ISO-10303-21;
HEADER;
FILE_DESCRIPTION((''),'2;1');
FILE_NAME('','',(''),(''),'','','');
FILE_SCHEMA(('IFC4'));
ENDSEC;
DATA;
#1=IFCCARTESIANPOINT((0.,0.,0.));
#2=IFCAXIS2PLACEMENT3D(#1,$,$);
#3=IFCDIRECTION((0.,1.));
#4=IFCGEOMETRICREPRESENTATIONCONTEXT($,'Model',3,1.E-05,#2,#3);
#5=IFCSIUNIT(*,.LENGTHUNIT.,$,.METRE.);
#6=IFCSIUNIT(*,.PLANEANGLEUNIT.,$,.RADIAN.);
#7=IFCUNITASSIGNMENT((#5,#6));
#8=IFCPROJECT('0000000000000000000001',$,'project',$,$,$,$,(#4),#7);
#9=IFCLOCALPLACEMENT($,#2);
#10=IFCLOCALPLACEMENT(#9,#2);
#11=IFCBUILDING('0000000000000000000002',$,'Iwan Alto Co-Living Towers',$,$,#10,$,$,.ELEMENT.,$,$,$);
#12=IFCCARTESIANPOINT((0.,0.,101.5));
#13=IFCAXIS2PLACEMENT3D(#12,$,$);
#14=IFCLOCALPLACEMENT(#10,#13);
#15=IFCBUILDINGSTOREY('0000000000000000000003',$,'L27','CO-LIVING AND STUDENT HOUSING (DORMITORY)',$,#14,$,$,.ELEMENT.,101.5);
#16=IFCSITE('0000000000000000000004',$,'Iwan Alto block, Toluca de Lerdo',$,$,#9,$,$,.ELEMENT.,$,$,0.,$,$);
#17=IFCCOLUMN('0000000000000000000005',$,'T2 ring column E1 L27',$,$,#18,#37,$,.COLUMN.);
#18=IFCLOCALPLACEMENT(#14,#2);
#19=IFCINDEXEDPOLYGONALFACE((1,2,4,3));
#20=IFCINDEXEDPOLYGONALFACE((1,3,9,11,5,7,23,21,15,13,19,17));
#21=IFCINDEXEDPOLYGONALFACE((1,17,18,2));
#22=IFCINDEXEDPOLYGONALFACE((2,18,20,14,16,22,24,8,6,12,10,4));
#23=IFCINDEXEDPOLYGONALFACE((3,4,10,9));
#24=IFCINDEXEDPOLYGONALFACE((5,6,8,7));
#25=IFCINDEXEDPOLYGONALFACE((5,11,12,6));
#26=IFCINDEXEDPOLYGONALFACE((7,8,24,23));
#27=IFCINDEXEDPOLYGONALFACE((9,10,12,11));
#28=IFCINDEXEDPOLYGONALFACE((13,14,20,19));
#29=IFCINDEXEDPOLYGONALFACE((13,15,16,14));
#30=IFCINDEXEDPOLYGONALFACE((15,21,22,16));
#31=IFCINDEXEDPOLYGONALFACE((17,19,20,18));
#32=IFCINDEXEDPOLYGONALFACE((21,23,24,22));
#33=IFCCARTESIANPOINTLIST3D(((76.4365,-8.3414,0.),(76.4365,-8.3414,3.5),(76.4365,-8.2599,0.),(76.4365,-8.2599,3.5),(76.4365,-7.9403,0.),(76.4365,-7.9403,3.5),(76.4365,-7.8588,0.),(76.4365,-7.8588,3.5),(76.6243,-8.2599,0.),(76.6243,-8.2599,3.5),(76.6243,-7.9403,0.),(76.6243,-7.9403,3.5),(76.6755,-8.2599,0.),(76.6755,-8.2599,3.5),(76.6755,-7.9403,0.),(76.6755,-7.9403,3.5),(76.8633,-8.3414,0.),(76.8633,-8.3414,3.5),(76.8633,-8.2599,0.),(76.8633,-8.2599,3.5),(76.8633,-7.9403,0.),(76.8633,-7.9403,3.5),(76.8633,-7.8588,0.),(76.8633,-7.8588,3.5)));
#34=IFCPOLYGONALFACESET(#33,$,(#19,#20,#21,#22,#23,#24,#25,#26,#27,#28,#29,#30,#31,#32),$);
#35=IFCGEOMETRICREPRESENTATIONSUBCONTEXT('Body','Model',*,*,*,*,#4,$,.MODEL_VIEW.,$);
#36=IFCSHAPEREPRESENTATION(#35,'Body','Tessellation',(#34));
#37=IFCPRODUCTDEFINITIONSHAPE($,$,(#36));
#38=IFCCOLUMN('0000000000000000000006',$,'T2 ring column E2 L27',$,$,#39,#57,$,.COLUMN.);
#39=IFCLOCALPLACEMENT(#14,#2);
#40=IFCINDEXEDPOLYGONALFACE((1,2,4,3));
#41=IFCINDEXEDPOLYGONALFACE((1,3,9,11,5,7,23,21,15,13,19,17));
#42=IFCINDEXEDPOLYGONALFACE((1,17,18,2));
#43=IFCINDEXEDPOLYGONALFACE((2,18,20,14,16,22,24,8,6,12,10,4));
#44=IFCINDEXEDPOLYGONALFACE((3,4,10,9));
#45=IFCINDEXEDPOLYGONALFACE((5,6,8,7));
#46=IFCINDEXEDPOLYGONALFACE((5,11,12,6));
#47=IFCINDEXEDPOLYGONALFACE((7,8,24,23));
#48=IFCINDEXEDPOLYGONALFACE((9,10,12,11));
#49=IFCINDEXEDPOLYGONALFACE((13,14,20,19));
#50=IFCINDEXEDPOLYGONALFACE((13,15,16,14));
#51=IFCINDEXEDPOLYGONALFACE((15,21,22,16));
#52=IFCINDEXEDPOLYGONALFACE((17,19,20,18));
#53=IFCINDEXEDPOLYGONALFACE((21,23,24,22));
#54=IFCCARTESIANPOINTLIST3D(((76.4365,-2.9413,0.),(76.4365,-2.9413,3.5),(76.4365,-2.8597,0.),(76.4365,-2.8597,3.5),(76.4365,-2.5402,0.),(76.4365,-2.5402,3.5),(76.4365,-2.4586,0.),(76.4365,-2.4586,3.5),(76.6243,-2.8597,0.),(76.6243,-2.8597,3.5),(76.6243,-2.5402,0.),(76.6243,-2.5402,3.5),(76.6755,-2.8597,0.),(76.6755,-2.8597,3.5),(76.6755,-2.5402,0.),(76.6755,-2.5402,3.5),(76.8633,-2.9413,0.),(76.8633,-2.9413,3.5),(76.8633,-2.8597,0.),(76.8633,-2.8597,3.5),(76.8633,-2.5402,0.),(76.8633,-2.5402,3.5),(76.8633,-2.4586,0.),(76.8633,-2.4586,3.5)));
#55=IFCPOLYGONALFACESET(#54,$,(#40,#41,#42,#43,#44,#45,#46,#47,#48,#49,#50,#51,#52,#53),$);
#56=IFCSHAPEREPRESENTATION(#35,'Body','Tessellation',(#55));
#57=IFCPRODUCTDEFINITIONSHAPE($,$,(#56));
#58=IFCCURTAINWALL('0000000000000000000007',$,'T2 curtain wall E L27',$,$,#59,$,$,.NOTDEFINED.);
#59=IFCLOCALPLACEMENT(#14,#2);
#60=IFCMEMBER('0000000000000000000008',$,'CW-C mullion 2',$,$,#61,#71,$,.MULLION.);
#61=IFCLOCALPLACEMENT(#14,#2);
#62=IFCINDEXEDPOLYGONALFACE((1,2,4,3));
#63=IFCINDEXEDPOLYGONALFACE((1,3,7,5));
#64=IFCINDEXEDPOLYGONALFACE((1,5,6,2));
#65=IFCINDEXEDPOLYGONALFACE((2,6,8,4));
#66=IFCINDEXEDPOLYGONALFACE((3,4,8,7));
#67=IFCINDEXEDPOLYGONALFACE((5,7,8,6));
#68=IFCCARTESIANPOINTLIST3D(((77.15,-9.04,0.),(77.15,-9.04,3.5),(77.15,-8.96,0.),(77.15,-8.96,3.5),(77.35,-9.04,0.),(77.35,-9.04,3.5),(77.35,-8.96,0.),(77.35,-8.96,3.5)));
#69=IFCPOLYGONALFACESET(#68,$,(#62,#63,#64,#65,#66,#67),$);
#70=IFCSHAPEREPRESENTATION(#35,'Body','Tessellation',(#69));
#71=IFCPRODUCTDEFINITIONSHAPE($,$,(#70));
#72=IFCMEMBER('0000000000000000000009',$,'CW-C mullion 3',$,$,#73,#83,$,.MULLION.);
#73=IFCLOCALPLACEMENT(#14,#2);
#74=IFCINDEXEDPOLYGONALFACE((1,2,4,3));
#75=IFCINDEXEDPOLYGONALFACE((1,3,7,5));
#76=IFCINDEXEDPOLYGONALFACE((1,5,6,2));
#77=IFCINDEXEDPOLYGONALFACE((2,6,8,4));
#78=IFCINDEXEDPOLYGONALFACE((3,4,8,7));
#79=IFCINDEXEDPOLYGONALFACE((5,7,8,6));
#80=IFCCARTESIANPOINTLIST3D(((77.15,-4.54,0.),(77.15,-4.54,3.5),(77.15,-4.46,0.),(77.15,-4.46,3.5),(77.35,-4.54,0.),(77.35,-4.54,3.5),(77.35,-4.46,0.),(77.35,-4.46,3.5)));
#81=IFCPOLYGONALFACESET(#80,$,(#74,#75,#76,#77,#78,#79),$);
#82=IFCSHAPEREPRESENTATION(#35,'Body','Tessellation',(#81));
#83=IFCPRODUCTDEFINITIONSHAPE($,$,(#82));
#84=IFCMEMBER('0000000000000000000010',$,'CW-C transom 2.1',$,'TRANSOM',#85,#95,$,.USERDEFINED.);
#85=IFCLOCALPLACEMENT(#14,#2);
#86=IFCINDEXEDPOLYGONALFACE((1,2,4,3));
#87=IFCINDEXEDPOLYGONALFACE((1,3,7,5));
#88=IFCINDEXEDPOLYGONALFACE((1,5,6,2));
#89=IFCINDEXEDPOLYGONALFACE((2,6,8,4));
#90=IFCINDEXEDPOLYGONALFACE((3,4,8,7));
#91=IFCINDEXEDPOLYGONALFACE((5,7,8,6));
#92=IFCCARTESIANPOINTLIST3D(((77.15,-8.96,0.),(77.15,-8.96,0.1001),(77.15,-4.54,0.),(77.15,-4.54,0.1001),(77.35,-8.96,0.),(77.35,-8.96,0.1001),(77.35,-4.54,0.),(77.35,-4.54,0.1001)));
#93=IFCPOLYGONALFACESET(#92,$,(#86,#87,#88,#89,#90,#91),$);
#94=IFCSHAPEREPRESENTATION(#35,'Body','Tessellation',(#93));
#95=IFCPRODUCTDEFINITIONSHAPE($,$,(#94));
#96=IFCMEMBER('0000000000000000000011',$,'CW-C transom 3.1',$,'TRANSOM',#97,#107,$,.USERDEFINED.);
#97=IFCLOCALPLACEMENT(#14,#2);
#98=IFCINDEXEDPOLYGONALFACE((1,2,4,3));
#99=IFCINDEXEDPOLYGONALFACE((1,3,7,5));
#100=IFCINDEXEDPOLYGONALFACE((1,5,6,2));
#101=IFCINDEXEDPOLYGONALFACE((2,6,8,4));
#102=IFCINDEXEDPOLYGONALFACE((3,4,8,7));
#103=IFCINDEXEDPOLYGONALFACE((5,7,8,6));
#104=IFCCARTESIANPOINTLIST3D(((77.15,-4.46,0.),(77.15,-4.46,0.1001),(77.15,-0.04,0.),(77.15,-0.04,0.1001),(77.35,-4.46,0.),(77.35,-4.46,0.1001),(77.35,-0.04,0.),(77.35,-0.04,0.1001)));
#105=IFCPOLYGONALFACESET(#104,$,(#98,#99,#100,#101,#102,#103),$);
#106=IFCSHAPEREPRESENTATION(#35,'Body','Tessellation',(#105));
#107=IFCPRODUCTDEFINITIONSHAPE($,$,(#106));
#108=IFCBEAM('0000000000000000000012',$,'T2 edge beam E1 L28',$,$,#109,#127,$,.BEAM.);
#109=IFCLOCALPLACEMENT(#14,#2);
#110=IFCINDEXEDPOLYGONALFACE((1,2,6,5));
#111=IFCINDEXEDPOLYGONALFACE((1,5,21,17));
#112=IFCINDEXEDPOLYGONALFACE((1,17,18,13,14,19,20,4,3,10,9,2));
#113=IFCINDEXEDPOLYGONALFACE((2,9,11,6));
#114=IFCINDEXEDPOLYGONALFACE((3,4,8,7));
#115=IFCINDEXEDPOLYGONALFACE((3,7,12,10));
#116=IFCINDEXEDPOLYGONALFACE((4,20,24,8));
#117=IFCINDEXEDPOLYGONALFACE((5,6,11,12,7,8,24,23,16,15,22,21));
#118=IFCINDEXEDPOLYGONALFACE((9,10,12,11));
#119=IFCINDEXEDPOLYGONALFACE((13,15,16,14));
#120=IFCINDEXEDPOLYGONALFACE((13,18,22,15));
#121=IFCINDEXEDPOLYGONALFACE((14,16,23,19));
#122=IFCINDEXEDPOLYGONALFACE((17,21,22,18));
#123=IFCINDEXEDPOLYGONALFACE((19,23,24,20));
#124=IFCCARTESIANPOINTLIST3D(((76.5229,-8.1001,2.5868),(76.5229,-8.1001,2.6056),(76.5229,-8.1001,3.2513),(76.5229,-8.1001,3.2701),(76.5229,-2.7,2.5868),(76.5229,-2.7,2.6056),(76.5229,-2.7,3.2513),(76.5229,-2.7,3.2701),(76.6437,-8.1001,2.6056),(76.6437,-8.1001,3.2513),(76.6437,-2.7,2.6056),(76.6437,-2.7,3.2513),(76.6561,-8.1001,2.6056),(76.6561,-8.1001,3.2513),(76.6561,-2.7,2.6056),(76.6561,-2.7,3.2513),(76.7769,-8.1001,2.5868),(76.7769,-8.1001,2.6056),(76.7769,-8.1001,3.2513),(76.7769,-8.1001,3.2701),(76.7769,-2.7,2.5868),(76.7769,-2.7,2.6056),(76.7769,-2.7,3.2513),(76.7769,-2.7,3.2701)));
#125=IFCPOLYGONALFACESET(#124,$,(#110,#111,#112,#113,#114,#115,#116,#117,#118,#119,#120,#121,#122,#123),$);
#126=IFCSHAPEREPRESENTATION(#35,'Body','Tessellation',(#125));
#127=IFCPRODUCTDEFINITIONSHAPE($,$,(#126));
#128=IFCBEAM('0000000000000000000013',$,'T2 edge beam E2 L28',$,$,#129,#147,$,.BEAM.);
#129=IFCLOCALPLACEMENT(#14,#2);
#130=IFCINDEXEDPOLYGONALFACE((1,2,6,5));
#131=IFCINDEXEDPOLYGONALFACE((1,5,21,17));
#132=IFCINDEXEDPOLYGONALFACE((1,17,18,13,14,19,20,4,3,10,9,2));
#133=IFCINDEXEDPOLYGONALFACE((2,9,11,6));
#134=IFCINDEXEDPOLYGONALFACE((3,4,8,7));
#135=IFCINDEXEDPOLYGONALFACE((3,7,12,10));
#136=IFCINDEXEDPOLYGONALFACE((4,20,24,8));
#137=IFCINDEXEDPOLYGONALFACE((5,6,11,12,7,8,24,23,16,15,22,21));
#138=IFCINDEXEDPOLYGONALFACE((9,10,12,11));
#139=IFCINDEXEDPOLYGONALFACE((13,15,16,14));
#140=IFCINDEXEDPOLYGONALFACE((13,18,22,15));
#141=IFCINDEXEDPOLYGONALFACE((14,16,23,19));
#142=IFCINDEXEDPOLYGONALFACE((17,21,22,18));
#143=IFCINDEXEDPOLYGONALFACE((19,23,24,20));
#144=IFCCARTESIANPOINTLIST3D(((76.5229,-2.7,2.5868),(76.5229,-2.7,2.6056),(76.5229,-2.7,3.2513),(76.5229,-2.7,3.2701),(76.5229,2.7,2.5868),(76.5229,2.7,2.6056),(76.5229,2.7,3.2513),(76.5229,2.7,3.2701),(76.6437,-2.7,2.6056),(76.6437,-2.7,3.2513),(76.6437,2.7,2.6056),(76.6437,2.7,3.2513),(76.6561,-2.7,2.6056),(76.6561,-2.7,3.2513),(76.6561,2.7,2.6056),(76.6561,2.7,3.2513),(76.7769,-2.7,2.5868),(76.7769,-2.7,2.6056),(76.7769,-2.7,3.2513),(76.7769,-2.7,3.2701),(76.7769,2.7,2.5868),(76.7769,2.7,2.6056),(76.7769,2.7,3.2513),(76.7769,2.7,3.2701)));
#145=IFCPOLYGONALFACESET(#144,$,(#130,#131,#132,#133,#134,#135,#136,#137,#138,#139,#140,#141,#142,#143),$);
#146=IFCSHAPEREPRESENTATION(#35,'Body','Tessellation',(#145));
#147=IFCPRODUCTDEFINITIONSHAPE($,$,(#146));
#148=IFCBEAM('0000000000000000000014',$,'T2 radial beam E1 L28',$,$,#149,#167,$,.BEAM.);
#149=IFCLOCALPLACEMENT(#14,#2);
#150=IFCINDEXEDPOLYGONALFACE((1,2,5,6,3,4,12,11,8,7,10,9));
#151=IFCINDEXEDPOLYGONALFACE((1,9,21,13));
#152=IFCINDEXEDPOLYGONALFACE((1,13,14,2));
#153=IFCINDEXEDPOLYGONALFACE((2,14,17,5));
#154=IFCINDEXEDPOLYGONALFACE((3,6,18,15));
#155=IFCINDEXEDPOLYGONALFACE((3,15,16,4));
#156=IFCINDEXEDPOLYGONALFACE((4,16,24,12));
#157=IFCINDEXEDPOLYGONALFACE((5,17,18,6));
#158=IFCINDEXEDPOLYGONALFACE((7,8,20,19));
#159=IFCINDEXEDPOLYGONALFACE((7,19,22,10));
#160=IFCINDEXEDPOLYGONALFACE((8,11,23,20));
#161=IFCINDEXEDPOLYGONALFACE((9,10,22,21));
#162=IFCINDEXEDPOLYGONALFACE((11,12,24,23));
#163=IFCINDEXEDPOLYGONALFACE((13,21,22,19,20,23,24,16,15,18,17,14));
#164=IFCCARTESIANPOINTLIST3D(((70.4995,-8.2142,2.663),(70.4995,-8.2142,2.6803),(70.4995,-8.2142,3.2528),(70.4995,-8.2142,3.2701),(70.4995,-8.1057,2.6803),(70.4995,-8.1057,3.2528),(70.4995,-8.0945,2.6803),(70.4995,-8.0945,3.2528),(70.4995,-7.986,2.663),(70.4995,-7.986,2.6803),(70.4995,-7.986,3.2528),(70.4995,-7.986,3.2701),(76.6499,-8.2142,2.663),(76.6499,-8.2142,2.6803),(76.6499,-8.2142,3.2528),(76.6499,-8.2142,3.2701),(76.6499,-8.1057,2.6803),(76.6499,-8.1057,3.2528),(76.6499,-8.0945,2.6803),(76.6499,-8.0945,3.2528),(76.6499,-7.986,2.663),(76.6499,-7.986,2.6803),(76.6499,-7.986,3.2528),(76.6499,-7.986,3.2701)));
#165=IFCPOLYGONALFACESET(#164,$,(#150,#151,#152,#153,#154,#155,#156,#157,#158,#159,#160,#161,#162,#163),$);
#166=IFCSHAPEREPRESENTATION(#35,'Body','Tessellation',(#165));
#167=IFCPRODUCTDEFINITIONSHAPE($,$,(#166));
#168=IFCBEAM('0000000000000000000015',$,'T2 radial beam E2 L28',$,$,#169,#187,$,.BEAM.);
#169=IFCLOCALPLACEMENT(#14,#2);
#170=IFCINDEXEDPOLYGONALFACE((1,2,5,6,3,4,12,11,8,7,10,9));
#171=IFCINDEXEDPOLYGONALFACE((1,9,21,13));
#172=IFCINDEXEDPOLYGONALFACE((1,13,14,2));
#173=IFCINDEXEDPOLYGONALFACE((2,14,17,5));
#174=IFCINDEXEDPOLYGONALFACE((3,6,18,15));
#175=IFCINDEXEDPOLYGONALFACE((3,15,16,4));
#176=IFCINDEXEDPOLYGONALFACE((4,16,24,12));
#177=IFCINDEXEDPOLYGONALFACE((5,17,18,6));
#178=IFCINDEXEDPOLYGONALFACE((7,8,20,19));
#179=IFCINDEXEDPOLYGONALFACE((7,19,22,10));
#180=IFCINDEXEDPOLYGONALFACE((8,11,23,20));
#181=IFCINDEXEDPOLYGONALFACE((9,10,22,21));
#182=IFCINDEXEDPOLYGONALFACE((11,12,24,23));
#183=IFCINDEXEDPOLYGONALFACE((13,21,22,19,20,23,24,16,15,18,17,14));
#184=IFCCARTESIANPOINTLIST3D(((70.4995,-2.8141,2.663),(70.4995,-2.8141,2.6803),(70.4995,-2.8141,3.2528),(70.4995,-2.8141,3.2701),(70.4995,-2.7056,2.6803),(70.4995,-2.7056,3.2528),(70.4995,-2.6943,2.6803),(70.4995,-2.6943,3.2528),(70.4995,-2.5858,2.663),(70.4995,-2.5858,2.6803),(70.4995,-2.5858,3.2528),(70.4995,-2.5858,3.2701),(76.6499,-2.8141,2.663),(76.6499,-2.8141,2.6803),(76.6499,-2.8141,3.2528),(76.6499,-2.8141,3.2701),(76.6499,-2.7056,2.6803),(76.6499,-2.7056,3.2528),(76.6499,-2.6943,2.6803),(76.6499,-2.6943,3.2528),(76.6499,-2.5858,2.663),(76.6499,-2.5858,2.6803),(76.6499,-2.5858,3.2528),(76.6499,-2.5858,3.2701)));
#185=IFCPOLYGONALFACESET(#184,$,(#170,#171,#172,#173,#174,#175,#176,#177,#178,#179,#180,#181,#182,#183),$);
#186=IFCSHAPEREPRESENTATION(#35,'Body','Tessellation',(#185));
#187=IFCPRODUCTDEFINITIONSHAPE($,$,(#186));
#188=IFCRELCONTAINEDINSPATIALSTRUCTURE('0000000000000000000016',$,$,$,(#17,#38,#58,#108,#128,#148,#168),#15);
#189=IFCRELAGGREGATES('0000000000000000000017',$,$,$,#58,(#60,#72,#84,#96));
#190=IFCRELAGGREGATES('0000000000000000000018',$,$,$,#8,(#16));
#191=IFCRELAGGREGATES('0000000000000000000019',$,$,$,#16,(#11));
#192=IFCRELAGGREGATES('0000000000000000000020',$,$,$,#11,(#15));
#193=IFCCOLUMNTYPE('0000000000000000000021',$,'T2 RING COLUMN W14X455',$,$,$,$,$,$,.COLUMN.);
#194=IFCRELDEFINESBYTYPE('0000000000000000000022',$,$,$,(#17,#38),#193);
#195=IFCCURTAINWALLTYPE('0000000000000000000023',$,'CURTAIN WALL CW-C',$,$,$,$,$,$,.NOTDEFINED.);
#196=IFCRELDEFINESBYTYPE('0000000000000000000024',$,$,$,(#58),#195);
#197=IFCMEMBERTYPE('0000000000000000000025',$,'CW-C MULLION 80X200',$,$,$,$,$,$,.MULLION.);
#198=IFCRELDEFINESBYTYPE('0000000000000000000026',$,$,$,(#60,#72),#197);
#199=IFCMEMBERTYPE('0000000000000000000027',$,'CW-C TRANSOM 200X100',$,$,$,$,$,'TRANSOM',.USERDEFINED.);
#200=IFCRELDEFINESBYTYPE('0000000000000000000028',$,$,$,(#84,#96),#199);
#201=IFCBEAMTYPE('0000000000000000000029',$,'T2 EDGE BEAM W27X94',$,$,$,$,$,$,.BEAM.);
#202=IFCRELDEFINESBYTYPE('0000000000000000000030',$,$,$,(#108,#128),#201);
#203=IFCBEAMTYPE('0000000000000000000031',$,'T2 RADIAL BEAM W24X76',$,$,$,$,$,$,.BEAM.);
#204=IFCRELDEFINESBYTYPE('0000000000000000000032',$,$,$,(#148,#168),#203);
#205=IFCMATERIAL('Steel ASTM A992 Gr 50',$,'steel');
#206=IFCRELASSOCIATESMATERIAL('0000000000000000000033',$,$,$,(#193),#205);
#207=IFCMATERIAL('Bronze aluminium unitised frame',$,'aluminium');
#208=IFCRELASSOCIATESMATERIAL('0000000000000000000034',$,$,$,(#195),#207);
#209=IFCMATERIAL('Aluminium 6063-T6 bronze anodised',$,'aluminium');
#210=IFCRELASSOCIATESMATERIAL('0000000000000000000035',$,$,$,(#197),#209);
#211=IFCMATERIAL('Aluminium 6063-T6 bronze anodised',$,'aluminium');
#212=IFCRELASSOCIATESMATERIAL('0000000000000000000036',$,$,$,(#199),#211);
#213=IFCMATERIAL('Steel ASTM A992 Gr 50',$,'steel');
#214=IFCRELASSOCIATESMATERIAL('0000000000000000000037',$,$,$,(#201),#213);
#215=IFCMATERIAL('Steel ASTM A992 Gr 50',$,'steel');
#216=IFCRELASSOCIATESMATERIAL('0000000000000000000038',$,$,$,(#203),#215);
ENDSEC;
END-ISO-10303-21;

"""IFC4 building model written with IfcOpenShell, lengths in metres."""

from ifc_helpers import new_model, si_unit, direction, frame, origin, origin_2d, place, context, subcontext, project, spatial, rectangle, i_section, extrude, material, material_profile, profile_set, type_object, element, aggregate, save


model = new_model("IFC4")

# Units and contexts
model_context = context("Model", 3, precision=1e-05, world=origin(), true_north=direction((0.0, 1.0)))
body_context = subcontext(model_context, "Body", "Model", "MODEL_VIEW")
ifc_project = project(units=[si_unit("LENGTHUNIT", "METRE"), si_unit("PLANEANGLEUNIT", "RADIAN")], contexts=[model_context])

# Site, building, storey
site_placement = place(None, origin())
site = spatial("IfcSite", under=ifc_project, at=site_placement, Name="Iwan Alto block, Toluca de Lerdo", CompositionType="ELEMENT", RefElevation=0.0)
building_placement = place(site_placement, origin())
building = spatial("IfcBuilding", under=site, at=building_placement, Name="Iwan Alto Co-Living Towers", CompositionType="ELEMENT")
storey_placement = place(building_placement, frame((0.0, 0.0, 101.5)))
storey = spatial("IfcBuildingStorey", under=building, at=storey_placement, Name="L27", Description="CO-LIVING AND STUDENT HOUSING (DORMITORY)", CompositionType="ELEMENT", Elevation=101.5)

# Columns
ifc_material_1 = material(Name="Steel ASTM A992 Gr 50", Category="steel")
ifc_material_profile_1 = material_profile(ifc_material_1, i_section(OverallWidth=0.4268, OverallDepth=0.4827, WebThickness=0.0513, FlangeThickness=0.0815, at=origin_2d()), Name="W14X455")
ifc_profile_set_1 = profile_set([ifc_material_profile_1], Name="Steel ASTM A992 Gr 50")
column_type = type_object("IfcColumnType", Name="T2 RING COLUMN W14X455", PredefinedType="COLUMN", material=ifc_profile_set_1)
for number, where, z_axis, x_axis, name in (
    (1, (76.6499, -8.1001, 0.0), (0.0, 0.0, 1.0), (1.0, 0.0, 0.0), "T2 ring column E1 L27"),
    (2, (76.6499, -2.7, 0.0), (0.0, 0.0, 1.0), (1.0, 0.0, 0.0), "T2 ring column E2 L27"),
):
    element("IfcColumn", number, at=place(storey_placement, frame(where, z_axis=z_axis, x_axis=x_axis)), inside=storey, type_object=column_type, Name=name, PredefinedType="COLUMN", context=body_context, shape_type="SweptSolid", body=[
        extrude(i_section(OverallWidth=0.4268, OverallDepth=0.4827, WebThickness=0.0513, FlangeThickness=0.0815, at=origin_2d()), origin(), (0.0, 0.0, 1.0), 3.5),
    ])

# Curtain wall, members
ifc_material_2 = material(Name="Bronze aluminium unitised frame", Category="aluminium")
curtain_wall_type = type_object("IfcCurtainWallType", Name="CURTAIN WALL CW-C", PredefinedType="NOTDEFINED", material=ifc_material_2)
curtain_wall_placement = place(storey_placement, origin())
curtain_wall = element("IfcCurtainWall", 3, at=curtain_wall_placement, inside=storey, type_object=curtain_wall_type, Name="T2 curtain wall E L27", PredefinedType="NOTDEFINED")
ifc_material_3 = material(Name="Aluminium 6063-T6 bronze anodised", Category="aluminium")
ifc_material_profile_2 = material_profile(ifc_material_3, rectangle(XDim=0.2, YDim=0.0801, at=origin_2d()), Name="AL 80X200")
ifc_profile_set_2 = profile_set([ifc_material_profile_2], Name="Aluminium 6063-T6 bronze anodised")
member_type_1 = type_object("IfcMemberType", Name="CW-C MULLION 80X200", PredefinedType="MULLION", material=ifc_profile_set_2)
member_1_placement = place(storey_placement, frame((77.25, -9.0, 0.0), z_axis=(0.0, 0.0, 1.0), x_axis=(-1.0, 0.0, 0.0)))
member_1 = element("IfcMember", 4, at=member_1_placement, type_object=member_type_1, Name="CW-C mullion 2", PredefinedType="MULLION", context=body_context, shape_type="SweptSolid", body=[
    extrude(rectangle(XDim=0.2, YDim=0.0801, at=origin_2d()), origin(), (0.0, 0.0, 1.0), 3.5),
])
member_2_placement = place(storey_placement, frame((77.25, -4.5, 0.0), z_axis=(0.0, 0.0, 1.0), x_axis=(-1.0, 0.0, 0.0)))
member_2 = element("IfcMember", 5, at=member_2_placement, type_object=member_type_1, Name="CW-C mullion 3", PredefinedType="MULLION", context=body_context, shape_type="SweptSolid", body=[
    extrude(rectangle(XDim=0.2, YDim=0.0801, at=origin_2d()), origin(), (0.0, 0.0, 1.0), 3.5),
])
ifc_material_4 = material(Name="Aluminium 6063-T6 bronze anodised", Category="aluminium")
ifc_material_profile_3 = material_profile(ifc_material_4, rectangle(XDim=0.2, YDim=0.1001, at=origin_2d()), Name="AL 200X100")
ifc_profile_set_3 = profile_set([ifc_material_profile_3], Name="Aluminium 6063-T6 bronze anodised")
member_type_2 = type_object("IfcMemberType", Name="CW-C TRANSOM 200X100", ElementType="TRANSOM", PredefinedType="USERDEFINED", material=ifc_profile_set_3)
member_3_placement = place(storey_placement, frame((77.25, -8.96, 0.05), z_axis=(0.0, 1.0, 0.0), x_axis=(-1.0, 0.0, 0.0)))
member_3 = element("IfcMember", 6, at=member_3_placement, type_object=member_type_2, Name="CW-C transom 2.1", ObjectType="TRANSOM", PredefinedType="USERDEFINED", context=body_context, shape_type="SweptSolid", body=[
    extrude(rectangle(XDim=0.2, YDim=0.1001, at=origin_2d()), origin(), (0.0, 0.0, 1.0), 4.4199),
])
member_4_placement = place(storey_placement, frame((77.25, -4.46, 0.05), z_axis=(0.0, 1.0, 0.0), x_axis=(-1.0, 0.0, 0.0)))
member_4 = element("IfcMember", 7, at=member_4_placement, type_object=member_type_2, Name="CW-C transom 3.1", ObjectType="TRANSOM", PredefinedType="USERDEFINED", context=body_context, shape_type="SweptSolid", body=[
    extrude(rectangle(XDim=0.2, YDim=0.1001, at=origin_2d()), origin(), (0.0, 0.0, 1.0), 4.4199),
])

# Beams
ifc_material_5 = material(Name="Steel ASTM A992 Gr 50", Category="steel")
ifc_material_profile_4 = material_profile(ifc_material_5, i_section(OverallWidth=0.2539, OverallDepth=0.6833, WebThickness=0.0125, FlangeThickness=0.0188, at=origin_2d()), Name="W27X94")
ifc_profile_set_4 = profile_set([ifc_material_profile_4], Name="Steel ASTM A992 Gr 50")
beam_type_1 = type_object("IfcBeamType", Name="T2 EDGE BEAM W27X94", PredefinedType="BEAM", material=ifc_profile_set_4)
beam_1_placement = place(storey_placement, frame((76.6499, -8.1001, 2.9285), z_axis=(0.0, 1.0, 0.0), x_axis=(-1.0, 0.0, 0.0)))
element("IfcBeam", 8, at=beam_1_placement, inside=storey, type_object=beam_type_1, Name="T2 edge beam E1 L28", PredefinedType="BEAM", context=body_context, shape_type="SweptSolid", body=[
    extrude(i_section(OverallWidth=0.2539, OverallDepth=0.6833, WebThickness=0.0125, FlangeThickness=0.0188, at=origin_2d()), origin(), (0.0, 0.0, 1.0), 5.4001),
])
beam_2_placement = place(storey_placement, frame((76.6499, -2.7, 2.9285), z_axis=(0.0, 1.0, 0.0), x_axis=(-1.0, 0.0, 0.0)))
element("IfcBeam", 9, at=beam_2_placement, inside=storey, type_object=beam_type_1, Name="T2 edge beam E2 L28", PredefinedType="BEAM", context=body_context, shape_type="SweptSolid", body=[
    extrude(i_section(OverallWidth=0.2539, OverallDepth=0.6833, WebThickness=0.0125, FlangeThickness=0.0188, at=origin_2d()), origin(), (0.0, 0.0, 1.0), 5.3999),
])
ifc_material_6 = material(Name="Steel ASTM A992 Gr 50", Category="steel")
ifc_material_profile_5 = material_profile(ifc_material_6, i_section(OverallWidth=0.2283, OverallDepth=0.6072, WebThickness=0.0112, FlangeThickness=0.0173, at=origin_2d()), Name="W24X76")
ifc_profile_set_5 = profile_set([ifc_material_profile_5], Name="Steel ASTM A992 Gr 50")
beam_type_2 = type_object("IfcBeamType", Name="T2 RADIAL BEAM W24X76", PredefinedType="BEAM", material=ifc_profile_set_5)
for number, where, z_axis, x_axis, name in (
    (10, (76.6499, -8.1001, 2.9666), (-1.0, 0.0, 0.0), (0.0, -1.0, 0.0), "T2 radial beam E1 L28"),
    (11, (76.6499, -2.7, 2.9666), (-1.0, 0.0, 0.0), (0.0, -1.0, 0.0), "T2 radial beam E2 L28"),
):
    element("IfcBeam", number, at=place(storey_placement, frame(where, z_axis=z_axis, x_axis=x_axis)), inside=storey, type_object=beam_type_2, Name=name, PredefinedType="BEAM", context=body_context, shape_type="SweptSolid", body=[
        extrude(i_section(OverallWidth=0.2283, OverallDepth=0.6072, WebThickness=0.0112, FlangeThickness=0.0173, at=origin_2d()), origin(), (0.0, 0.0, 1.0), 6.1504),
    ])

aggregate(curtain_wall, [member_1, member_2, member_3, member_4])

save(model, "model.ifc")
